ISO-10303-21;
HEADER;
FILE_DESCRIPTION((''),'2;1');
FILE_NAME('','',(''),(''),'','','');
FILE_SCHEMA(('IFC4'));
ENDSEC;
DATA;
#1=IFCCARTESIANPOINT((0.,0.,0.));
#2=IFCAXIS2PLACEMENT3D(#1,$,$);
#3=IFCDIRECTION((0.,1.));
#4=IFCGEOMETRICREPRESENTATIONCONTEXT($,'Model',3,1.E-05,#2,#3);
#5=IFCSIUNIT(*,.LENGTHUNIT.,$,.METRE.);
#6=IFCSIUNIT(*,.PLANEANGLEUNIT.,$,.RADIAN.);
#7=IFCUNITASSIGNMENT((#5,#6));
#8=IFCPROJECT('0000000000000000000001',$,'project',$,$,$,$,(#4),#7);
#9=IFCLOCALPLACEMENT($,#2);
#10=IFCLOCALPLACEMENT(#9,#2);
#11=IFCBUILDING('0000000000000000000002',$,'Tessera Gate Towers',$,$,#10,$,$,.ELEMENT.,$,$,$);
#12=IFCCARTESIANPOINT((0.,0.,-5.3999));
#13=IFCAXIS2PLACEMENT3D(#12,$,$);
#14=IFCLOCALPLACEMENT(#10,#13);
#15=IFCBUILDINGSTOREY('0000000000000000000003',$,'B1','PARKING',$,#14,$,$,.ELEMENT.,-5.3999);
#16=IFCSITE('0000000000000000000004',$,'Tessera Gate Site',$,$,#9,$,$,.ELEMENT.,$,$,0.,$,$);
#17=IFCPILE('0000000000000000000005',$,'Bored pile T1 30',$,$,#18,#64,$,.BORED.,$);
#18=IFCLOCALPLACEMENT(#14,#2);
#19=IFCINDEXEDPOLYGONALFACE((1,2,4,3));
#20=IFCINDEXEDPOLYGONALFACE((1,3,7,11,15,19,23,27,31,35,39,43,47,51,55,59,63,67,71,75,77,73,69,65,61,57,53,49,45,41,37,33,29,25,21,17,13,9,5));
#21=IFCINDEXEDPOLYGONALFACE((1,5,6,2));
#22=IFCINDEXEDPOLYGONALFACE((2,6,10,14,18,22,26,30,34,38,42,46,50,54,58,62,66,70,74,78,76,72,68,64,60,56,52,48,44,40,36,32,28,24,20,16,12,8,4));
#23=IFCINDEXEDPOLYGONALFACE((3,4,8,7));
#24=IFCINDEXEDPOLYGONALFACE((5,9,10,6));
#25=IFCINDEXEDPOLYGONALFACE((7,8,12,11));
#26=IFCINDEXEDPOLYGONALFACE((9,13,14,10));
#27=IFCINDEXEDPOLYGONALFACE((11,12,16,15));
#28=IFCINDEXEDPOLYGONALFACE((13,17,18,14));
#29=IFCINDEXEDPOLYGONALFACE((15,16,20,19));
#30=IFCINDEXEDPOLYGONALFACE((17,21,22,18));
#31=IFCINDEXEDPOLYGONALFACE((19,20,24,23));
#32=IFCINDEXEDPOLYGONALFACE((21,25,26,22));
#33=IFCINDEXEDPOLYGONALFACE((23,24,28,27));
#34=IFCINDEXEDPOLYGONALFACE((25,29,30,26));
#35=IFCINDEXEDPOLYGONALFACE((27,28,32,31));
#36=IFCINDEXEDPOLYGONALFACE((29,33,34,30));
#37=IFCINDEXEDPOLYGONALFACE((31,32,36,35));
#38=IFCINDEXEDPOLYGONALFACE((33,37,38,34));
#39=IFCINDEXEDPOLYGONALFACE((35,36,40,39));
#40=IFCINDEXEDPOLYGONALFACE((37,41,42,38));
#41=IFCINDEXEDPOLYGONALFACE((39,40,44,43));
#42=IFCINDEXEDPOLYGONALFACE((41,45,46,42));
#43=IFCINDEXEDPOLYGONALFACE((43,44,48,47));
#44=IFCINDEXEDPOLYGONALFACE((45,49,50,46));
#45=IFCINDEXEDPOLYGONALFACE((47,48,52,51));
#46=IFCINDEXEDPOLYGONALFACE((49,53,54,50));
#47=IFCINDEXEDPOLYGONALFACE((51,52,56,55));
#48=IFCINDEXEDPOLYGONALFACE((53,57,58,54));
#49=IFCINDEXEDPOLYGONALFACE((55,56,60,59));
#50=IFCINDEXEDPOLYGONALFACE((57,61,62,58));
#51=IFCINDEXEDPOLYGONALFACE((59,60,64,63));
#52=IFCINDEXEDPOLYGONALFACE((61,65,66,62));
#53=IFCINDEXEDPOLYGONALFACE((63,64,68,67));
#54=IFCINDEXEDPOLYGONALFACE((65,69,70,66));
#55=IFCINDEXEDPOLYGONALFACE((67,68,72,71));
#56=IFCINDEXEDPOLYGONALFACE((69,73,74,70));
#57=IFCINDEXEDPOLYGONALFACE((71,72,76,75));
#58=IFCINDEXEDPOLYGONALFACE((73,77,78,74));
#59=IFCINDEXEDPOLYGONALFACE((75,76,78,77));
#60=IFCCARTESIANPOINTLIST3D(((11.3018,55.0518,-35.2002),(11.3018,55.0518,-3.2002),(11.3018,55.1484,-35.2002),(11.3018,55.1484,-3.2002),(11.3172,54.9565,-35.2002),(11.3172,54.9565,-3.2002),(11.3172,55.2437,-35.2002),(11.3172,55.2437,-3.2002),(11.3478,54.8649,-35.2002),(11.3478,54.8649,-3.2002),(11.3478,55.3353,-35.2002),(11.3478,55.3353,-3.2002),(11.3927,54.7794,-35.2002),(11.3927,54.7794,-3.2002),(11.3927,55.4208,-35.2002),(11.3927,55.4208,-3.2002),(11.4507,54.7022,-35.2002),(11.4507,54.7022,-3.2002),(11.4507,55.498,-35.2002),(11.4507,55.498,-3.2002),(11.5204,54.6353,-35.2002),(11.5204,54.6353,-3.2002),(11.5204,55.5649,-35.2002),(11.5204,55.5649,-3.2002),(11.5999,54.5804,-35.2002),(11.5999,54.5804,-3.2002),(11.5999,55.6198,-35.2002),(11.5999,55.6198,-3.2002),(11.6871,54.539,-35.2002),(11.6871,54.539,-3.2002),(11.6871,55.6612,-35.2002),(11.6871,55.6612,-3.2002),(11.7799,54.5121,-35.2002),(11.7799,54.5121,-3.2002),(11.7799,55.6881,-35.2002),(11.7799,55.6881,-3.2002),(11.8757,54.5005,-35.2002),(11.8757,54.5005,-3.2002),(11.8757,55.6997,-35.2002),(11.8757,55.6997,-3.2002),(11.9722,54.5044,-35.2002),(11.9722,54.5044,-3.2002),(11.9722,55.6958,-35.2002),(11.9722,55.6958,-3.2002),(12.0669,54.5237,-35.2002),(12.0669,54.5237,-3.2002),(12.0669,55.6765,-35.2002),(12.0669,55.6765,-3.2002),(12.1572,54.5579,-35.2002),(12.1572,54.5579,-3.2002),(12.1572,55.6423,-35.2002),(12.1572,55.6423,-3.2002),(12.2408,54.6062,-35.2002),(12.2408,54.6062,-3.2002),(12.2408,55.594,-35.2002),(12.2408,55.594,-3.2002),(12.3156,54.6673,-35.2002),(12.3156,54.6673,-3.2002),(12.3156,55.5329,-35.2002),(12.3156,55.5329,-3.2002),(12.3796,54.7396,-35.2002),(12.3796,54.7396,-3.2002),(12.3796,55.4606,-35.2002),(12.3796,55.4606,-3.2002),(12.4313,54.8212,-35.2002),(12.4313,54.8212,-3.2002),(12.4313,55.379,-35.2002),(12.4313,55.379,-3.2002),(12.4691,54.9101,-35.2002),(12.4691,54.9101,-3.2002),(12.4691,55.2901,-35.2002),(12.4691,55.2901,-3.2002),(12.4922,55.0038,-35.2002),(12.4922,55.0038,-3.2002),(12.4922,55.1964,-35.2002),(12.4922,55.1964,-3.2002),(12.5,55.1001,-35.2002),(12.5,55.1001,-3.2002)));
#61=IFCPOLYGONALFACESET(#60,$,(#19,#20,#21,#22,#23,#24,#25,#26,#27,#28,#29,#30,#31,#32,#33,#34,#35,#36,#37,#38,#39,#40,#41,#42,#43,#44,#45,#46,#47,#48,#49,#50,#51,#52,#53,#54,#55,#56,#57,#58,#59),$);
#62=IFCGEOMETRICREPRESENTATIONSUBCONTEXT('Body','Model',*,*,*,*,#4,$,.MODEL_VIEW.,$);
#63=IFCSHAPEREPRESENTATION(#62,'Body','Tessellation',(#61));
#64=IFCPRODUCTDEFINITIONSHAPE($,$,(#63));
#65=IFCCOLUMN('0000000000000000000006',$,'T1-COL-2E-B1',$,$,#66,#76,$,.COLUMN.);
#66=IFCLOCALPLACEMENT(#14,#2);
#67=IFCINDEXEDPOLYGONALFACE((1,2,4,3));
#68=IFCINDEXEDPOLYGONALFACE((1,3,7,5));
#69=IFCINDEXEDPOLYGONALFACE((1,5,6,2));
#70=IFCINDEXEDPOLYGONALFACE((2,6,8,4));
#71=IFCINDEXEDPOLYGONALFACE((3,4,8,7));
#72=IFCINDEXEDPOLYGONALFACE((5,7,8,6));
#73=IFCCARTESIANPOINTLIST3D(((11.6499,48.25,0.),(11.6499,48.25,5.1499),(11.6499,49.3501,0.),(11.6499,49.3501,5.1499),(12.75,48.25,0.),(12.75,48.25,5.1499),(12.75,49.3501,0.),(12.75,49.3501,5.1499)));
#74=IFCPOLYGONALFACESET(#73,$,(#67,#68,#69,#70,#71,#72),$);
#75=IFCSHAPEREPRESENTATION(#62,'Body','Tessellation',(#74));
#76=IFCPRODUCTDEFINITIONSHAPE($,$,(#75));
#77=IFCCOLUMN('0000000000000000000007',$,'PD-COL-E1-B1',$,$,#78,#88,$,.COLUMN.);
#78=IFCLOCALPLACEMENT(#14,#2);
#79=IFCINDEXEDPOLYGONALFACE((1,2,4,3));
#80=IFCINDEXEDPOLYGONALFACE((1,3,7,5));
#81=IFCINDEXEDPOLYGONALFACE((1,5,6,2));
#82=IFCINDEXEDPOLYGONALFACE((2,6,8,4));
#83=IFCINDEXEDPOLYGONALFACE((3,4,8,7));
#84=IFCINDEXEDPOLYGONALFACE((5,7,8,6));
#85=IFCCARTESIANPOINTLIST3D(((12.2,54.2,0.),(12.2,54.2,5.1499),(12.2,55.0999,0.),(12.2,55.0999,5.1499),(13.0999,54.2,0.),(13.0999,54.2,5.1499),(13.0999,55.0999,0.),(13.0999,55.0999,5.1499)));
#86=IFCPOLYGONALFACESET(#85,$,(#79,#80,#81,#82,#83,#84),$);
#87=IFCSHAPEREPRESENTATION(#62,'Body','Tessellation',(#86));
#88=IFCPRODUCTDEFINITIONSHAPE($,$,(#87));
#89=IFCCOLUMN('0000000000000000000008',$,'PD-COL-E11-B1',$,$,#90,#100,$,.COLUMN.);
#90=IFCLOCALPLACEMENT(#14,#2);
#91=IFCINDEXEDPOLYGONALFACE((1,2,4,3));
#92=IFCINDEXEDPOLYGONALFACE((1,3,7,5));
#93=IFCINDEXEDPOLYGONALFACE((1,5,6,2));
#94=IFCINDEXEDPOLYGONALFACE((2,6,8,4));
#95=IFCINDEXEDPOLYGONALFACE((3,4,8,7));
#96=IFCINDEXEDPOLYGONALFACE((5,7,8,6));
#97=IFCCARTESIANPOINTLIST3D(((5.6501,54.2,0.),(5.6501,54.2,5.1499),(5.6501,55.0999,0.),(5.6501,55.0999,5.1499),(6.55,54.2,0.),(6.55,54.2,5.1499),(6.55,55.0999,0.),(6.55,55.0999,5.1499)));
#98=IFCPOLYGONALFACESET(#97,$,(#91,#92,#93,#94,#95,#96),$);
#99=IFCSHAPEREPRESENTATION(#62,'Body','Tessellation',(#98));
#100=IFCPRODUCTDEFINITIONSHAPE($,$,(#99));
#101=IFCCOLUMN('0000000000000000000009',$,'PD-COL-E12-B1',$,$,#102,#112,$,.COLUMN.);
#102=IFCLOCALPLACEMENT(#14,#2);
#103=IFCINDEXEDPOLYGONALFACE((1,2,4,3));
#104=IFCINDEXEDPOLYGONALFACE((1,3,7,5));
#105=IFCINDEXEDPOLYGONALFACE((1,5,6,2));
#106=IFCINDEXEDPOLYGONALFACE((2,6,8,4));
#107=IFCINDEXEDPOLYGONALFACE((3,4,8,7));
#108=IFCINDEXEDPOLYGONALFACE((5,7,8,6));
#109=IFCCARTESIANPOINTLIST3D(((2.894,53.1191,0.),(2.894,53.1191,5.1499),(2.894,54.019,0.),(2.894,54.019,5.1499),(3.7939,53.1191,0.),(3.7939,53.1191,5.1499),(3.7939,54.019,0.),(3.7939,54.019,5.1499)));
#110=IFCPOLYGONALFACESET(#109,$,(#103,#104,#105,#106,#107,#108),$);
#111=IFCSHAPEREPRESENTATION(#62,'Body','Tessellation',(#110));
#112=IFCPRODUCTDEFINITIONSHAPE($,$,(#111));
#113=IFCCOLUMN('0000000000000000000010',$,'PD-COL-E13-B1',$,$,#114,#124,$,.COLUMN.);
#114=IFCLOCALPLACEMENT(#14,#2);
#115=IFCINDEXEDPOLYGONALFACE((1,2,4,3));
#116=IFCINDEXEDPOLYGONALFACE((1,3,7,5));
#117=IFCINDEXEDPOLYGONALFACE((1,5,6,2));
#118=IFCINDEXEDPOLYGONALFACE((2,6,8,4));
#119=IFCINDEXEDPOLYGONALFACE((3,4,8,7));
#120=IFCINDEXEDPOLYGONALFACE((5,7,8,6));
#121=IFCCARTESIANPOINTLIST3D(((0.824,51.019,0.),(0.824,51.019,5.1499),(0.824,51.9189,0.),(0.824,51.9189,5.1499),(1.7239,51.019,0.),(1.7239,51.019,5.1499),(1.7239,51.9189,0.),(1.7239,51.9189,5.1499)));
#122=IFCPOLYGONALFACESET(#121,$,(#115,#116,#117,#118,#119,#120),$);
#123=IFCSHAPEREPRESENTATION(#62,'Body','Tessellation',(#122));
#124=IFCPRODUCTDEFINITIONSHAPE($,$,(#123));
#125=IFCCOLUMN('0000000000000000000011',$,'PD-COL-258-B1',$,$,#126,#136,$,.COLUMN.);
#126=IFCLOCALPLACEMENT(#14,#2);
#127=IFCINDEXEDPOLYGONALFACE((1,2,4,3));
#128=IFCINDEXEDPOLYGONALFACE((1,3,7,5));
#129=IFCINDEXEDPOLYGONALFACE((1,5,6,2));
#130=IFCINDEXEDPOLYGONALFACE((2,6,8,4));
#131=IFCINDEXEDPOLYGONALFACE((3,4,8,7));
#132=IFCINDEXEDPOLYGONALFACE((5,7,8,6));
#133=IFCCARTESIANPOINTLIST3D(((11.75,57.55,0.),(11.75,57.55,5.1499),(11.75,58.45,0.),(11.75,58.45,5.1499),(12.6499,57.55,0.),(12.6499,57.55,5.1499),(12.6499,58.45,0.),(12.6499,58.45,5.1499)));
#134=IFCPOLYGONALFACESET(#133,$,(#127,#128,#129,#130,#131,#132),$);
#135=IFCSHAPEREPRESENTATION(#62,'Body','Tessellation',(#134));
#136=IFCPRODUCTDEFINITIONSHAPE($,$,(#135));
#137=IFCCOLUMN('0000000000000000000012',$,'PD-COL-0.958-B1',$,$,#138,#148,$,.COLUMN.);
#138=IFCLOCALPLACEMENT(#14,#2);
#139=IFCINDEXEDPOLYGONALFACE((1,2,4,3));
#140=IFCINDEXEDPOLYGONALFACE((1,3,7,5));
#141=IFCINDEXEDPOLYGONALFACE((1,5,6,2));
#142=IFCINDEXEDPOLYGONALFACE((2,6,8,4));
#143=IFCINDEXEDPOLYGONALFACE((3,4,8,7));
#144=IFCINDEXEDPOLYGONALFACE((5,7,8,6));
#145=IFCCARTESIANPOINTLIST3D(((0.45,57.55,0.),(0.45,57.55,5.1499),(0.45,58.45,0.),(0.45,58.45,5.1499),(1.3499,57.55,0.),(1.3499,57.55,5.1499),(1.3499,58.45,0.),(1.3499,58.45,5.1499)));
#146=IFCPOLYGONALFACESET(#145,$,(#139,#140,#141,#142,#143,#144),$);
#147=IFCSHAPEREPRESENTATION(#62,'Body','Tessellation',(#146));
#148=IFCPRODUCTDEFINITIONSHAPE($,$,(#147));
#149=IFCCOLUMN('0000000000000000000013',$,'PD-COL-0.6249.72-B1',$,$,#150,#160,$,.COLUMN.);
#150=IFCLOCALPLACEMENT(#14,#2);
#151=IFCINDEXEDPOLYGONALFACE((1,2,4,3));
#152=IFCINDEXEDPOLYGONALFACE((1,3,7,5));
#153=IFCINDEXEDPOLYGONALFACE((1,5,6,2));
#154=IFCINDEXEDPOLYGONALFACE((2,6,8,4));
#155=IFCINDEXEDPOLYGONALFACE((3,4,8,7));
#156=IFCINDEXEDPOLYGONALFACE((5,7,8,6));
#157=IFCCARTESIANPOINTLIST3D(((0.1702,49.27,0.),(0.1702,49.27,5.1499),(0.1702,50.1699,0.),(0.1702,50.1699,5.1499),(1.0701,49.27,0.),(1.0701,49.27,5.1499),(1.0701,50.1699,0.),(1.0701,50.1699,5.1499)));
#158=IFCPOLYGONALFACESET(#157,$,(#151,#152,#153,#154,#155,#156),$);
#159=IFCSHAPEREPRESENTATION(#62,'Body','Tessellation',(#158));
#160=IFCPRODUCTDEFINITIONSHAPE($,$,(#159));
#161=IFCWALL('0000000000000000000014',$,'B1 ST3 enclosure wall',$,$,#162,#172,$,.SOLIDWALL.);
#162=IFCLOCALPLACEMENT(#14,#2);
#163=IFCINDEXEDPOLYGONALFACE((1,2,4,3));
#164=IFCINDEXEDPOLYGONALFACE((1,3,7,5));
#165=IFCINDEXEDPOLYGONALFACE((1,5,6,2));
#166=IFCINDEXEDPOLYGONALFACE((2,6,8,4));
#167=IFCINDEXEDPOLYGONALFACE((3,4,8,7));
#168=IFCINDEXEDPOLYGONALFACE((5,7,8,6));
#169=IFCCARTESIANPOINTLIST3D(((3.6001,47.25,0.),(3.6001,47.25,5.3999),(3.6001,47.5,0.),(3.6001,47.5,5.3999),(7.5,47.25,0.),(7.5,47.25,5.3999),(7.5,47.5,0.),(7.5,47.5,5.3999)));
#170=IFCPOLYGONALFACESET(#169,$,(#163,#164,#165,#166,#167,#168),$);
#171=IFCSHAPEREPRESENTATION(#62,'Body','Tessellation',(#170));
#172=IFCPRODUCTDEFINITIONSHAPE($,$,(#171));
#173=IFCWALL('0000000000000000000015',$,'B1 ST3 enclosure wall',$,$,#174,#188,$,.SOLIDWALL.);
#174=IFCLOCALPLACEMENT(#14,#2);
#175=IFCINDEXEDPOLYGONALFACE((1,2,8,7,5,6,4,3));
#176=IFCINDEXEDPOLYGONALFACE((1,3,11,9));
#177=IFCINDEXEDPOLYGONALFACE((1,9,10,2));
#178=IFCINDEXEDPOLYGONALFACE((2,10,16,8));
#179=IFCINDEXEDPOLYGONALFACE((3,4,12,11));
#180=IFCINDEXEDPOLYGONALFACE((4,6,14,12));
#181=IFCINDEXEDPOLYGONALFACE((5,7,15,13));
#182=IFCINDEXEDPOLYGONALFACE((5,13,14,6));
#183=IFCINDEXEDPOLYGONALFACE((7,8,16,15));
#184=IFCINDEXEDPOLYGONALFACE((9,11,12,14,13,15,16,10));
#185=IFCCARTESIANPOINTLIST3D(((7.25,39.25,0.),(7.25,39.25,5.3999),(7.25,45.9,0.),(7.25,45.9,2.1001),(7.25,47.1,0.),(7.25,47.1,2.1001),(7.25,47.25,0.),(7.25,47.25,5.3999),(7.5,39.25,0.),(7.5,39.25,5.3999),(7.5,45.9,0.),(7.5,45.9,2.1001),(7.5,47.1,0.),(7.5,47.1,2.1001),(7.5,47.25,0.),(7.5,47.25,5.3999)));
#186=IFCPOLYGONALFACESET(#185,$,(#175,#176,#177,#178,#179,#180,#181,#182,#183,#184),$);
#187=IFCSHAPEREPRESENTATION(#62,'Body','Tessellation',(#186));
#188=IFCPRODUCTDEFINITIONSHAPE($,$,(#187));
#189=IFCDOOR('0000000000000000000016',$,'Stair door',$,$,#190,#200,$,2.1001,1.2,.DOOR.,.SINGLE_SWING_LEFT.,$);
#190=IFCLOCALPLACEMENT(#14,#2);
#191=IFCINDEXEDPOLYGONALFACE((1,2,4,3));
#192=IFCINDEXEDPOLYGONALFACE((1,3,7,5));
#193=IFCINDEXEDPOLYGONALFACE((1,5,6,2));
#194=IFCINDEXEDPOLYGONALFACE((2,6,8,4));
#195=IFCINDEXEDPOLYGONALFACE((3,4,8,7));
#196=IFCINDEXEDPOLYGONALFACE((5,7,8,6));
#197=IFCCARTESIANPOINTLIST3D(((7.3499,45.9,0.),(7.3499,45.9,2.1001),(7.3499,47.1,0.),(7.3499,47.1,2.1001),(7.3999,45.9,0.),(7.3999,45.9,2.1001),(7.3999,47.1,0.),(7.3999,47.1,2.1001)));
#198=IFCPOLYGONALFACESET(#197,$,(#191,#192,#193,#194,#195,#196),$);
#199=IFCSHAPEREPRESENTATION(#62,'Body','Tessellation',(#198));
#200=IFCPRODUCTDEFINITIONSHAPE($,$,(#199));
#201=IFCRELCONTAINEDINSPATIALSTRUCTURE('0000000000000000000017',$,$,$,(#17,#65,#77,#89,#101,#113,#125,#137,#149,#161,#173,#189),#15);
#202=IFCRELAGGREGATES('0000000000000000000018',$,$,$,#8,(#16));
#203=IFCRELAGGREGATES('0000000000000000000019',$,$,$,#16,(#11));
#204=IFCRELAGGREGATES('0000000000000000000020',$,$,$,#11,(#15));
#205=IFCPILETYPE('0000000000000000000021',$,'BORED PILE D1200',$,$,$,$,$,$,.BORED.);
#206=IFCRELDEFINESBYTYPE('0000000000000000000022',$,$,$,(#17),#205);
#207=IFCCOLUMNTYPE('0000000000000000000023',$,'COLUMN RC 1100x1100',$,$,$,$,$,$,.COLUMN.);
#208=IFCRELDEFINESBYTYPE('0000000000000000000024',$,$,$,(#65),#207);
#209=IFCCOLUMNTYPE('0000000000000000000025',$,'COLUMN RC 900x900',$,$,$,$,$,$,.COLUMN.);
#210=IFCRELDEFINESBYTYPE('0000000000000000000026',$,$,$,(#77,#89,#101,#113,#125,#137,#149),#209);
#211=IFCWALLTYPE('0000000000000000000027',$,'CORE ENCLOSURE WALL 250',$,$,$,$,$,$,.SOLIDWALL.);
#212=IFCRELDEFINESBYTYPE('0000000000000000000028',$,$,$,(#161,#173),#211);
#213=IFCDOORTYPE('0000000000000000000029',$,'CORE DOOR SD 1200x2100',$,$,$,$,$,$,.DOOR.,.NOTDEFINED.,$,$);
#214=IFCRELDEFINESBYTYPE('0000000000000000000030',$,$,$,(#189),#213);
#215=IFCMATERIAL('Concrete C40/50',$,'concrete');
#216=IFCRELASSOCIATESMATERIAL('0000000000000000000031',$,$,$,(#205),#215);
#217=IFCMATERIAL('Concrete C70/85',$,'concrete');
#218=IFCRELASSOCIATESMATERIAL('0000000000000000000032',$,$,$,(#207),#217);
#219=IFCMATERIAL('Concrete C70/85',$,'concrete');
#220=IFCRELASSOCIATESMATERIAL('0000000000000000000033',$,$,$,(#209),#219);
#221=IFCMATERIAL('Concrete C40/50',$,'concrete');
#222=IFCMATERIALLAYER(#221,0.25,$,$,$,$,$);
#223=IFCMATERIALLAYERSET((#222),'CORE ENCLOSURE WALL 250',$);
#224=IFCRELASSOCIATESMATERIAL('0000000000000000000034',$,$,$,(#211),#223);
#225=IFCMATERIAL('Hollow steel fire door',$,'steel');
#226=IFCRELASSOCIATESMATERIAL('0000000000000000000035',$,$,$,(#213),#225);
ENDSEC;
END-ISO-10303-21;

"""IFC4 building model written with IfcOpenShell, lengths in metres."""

from ifc_helpers import new_model, si_unit, direction, frame, frame_2d, origin, origin_2d, place, context, subcontext, project, spatial, rectangle, circle, extrude, source, transform, mapped, material, layer, layer_set, material_profile, profile_set, type_object, element, fill, save


model = new_model("IFC4")

# Units and contexts
model_context = context("Model", 3, precision=1e-05, world=origin(), true_north=direction((0.0, 1.0)))
body_context = subcontext(model_context, "Body", "Model", "MODEL_VIEW")
ifc_project = project(units=[si_unit("LENGTHUNIT", "METRE"), si_unit("PLANEANGLEUNIT", "RADIAN")], contexts=[model_context])

# Site, building, storey
site_placement = place(None, origin())
site = spatial("IfcSite", under=ifc_project, at=site_placement, Name="Tessera Gate Site", CompositionType="ELEMENT", RefElevation=0.0)
building_placement = place(site_placement, origin())
building = spatial("IfcBuilding", under=site, at=building_placement, Name="Tessera Gate Towers", CompositionType="ELEMENT")
storey_placement = place(building_placement, frame((0.0, 0.0, -5.3999)))
storey = spatial("IfcBuildingStorey", under=building, at=storey_placement, Name="B1", Description="PARKING", CompositionType="ELEMENT", Elevation=-5.3999)

# Pile
ifc_material_1 = material(Name="Concrete C40/50", Category="concrete")
ifc_material_profile_1 = material_profile(ifc_material_1, circle(Radius=0.6001, at=origin_2d()), Name="BORED PILE D1200")
ifc_profile_set_1 = profile_set([ifc_material_profile_1], Name="Concrete C40/50")
pile_type = type_object("IfcPileType", Name="BORED PILE D1200", PredefinedType="BORED", material=ifc_profile_set_1)
for number, where, z_axis, x_axis, name in (
    (1, (11.8999, 55.1001, -3.2002), (0.0, 0.0, -1.0), (1.0, 0.0, 0.0), "Bored pile T1 30"),
):
    element("IfcPile", number, at=place(storey_placement, frame(where, z_axis=z_axis, x_axis=x_axis)), inside=storey, type_object=pile_type, Name=name, PredefinedType="BORED", context=body_context, shape_type="SweptSolid", body=[
        extrude(circle(Radius=0.6001, at=origin_2d()), origin(), (0.0, 0.0, 1.0), 32.0),
    ])

# Columns
ifc_material_2 = material(Name="Concrete C70/85", Category="concrete")
ifc_material_profile_2 = material_profile(ifc_material_2, rectangle(XDim=1.1001, YDim=1.1001, at=origin_2d()), Name="RC 1100x1100")
ifc_profile_set_2 = profile_set([ifc_material_profile_2], Name="Concrete C70/85")
column_type_1 = type_object("IfcColumnType", Name="COLUMN RC 1100x1100", PredefinedType="COLUMN", material=ifc_profile_set_2)
column_placement = place(storey_placement, frame((12.2, 48.8, 0.0), z_axis=(0.0, 0.0, 1.0), x_axis=(1.0, 0.0, 0.0)))
element("IfcColumn", 2, at=column_placement, inside=storey, type_object=column_type_1, Name="T1-COL-2E-B1", PredefinedType="COLUMN", context=body_context, shape_type="SweptSolid", body=[
    extrude(rectangle(XDim=1.1001, YDim=1.1001, at=origin_2d()), origin(), (0.0, 0.0, 1.0), 5.1499),
])
ifc_material_3 = material(Name="Concrete C70/85", Category="concrete")
ifc_material_profile_3 = material_profile(ifc_material_3, rectangle(XDim=0.8999, YDim=0.8999, at=origin_2d()), Name="RC 900x900")
ifc_profile_set_3 = profile_set([ifc_material_profile_3], Name="Concrete C70/85")
column_type_2 = type_object("IfcColumnType", Name="COLUMN RC 900x900", PredefinedType="COLUMN", material=ifc_profile_set_3)
for number, where, z_axis, x_axis, name in (
    (3, (12.6499, 54.6499, 0.0), (0.0, 0.0, 1.0), (1.0, 0.0, 0.0), "PD-COL-E1-B1"),
    (4, (6.1001, 54.6499, 0.0), (0.0, 0.0, 1.0), (1.0, 0.0, 0.0), "PD-COL-E11-B1"),
    (5, (3.344, 53.5691, 0.0), (0.0, 0.0, 1.0), (1.0, 0.0, 0.0), "PD-COL-E12-B1"),
    (6, (1.2739, 51.469, 0.0), (0.0, 0.0, 1.0), (1.0, 0.0, 0.0), "PD-COL-E13-B1"),
    (7, (12.2, 58.0, 0.0), (0.0, 0.0, 1.0), (1.0, 0.0, 0.0), "PD-COL-258-B1"),
    (8, (0.8999, 58.0, 0.0), (0.0, 0.0, 1.0), (1.0, 0.0, 0.0), "PD-COL-0.958-B1"),
    (9, (0.6201, 49.72, 0.0), (0.0, 0.0, 1.0), (1.0, 0.0, 0.0), "PD-COL-0.6249.72-B1"),
):
    element("IfcColumn", number, at=place(storey_placement, frame(where, z_axis=z_axis, x_axis=x_axis)), inside=storey, type_object=column_type_2, Name=name, PredefinedType="COLUMN", context=body_context, shape_type="SweptSolid", body=[
        extrude(rectangle(XDim=0.8999, YDim=0.8999, at=origin_2d()), origin(), (0.0, 0.0, 1.0), 5.1499),
    ])

# Wall
ifc_material_4 = material(Name="Concrete C40/50", Category="concrete")
ifc_layer = layer(ifc_material_4, 0.25)
ifc_layer_set = layer_set([ifc_layer], Name="CORE ENCLOSURE WALL 250")
wall_type = type_object("IfcWallType", Name="CORE ENCLOSURE WALL 250", PredefinedType="SOLIDWALL", material=ifc_layer_set)
wall_1_placement = place(storey_placement, frame((3.6001, 47.375, 0.0), z_axis=(0.0, 0.0, 1.0), x_axis=(1.0, 0.0, 0.0)))
element("IfcWall", 10, at=wall_1_placement, inside=storey, type_object=wall_type, Name="B1 ST3 enclosure wall", PredefinedType="SOLIDWALL", context=body_context, shape_type="SweptSolid", body=[
    extrude(rectangle(XDim=3.8999, YDim=0.25, at=frame_2d((1.95, 0.0))), origin(), (0.0, 0.0, 1.0), 5.3999),
])

# Wall, opening, door
wall_2_placement = place(storey_placement, frame((7.375, 47.25, 0.0), z_axis=(0.0, 0.0, 1.0), x_axis=(0.0, -1.0, 0.0)))
wall_2 = element("IfcWall", 11, at=wall_2_placement, inside=storey, type_object=wall_type, Name="B1 ST3 enclosure wall", PredefinedType="SOLIDWALL", context=body_context, shape_type="SweptSolid", body=[
    extrude(rectangle(XDim=8.0, YDim=0.25, at=frame_2d((4.0, 0.0))), origin(), (0.0, 0.0, 1.0), 5.3999),
])
shared_shape_1 = source(origin(), body_context, "Body", "SweptSolid", [
    extrude(rectangle(XDim=1.2, YDim=2.1001, at=frame_2d((0.6001, 1.05))), frame((0.0, 0.135, 0.0), z_axis=(0.0, -1.0, 0.0), x_axis=(1.0, 0.0, 0.0)), (0.0, 0.0, 1.0), 0.27),
])
opening_placement = place(wall_2_placement, frame((0.1499, 0.0, 0.0)))
opening = element("IfcOpeningElement", 12, at=opening_placement, cuts=wall_2, PredefinedType="OPENING", context=body_context, shape_type="MappedRepresentation", body=[
    mapped(shared_shape_1, transform((0.0, 0.0, 0.0), scale=1.0)),
])
ifc_material_5 = material(Name="Hollow steel fire door", Category="steel")
door_type = type_object("IfcDoorType", Name="CORE DOOR SD 1200x2100", OperationType="NOTDEFINED", PredefinedType="DOOR", material=ifc_material_5)
shared_shape_2 = source(origin(), body_context, "Body", "SweptSolid", [
    extrude(rectangle(XDim=1.2, YDim=2.1001, at=frame_2d((0.6001, 1.05))), frame((0.0, 0.0249, 0.0), z_axis=(0.0, -1.0, 0.0), x_axis=(1.0, 0.0, 0.0)), (0.0, 0.0, 1.0), 0.05),
])
door_placement = place(opening_placement, origin())
door = element("IfcDoor", 13, at=door_placement, inside=storey, type_object=door_type, Name="Stair door", OperationType="SINGLE_SWING_LEFT", OverallHeight=2.1001, OverallWidth=1.2, PredefinedType="DOOR", context=body_context, shape_type="MappedRepresentation", body=[
    mapped(shared_shape_2, transform((0.0, 0.0, 0.0), scale=1.0)),
])
fill(opening, door)

save(model, "model.ifc")
